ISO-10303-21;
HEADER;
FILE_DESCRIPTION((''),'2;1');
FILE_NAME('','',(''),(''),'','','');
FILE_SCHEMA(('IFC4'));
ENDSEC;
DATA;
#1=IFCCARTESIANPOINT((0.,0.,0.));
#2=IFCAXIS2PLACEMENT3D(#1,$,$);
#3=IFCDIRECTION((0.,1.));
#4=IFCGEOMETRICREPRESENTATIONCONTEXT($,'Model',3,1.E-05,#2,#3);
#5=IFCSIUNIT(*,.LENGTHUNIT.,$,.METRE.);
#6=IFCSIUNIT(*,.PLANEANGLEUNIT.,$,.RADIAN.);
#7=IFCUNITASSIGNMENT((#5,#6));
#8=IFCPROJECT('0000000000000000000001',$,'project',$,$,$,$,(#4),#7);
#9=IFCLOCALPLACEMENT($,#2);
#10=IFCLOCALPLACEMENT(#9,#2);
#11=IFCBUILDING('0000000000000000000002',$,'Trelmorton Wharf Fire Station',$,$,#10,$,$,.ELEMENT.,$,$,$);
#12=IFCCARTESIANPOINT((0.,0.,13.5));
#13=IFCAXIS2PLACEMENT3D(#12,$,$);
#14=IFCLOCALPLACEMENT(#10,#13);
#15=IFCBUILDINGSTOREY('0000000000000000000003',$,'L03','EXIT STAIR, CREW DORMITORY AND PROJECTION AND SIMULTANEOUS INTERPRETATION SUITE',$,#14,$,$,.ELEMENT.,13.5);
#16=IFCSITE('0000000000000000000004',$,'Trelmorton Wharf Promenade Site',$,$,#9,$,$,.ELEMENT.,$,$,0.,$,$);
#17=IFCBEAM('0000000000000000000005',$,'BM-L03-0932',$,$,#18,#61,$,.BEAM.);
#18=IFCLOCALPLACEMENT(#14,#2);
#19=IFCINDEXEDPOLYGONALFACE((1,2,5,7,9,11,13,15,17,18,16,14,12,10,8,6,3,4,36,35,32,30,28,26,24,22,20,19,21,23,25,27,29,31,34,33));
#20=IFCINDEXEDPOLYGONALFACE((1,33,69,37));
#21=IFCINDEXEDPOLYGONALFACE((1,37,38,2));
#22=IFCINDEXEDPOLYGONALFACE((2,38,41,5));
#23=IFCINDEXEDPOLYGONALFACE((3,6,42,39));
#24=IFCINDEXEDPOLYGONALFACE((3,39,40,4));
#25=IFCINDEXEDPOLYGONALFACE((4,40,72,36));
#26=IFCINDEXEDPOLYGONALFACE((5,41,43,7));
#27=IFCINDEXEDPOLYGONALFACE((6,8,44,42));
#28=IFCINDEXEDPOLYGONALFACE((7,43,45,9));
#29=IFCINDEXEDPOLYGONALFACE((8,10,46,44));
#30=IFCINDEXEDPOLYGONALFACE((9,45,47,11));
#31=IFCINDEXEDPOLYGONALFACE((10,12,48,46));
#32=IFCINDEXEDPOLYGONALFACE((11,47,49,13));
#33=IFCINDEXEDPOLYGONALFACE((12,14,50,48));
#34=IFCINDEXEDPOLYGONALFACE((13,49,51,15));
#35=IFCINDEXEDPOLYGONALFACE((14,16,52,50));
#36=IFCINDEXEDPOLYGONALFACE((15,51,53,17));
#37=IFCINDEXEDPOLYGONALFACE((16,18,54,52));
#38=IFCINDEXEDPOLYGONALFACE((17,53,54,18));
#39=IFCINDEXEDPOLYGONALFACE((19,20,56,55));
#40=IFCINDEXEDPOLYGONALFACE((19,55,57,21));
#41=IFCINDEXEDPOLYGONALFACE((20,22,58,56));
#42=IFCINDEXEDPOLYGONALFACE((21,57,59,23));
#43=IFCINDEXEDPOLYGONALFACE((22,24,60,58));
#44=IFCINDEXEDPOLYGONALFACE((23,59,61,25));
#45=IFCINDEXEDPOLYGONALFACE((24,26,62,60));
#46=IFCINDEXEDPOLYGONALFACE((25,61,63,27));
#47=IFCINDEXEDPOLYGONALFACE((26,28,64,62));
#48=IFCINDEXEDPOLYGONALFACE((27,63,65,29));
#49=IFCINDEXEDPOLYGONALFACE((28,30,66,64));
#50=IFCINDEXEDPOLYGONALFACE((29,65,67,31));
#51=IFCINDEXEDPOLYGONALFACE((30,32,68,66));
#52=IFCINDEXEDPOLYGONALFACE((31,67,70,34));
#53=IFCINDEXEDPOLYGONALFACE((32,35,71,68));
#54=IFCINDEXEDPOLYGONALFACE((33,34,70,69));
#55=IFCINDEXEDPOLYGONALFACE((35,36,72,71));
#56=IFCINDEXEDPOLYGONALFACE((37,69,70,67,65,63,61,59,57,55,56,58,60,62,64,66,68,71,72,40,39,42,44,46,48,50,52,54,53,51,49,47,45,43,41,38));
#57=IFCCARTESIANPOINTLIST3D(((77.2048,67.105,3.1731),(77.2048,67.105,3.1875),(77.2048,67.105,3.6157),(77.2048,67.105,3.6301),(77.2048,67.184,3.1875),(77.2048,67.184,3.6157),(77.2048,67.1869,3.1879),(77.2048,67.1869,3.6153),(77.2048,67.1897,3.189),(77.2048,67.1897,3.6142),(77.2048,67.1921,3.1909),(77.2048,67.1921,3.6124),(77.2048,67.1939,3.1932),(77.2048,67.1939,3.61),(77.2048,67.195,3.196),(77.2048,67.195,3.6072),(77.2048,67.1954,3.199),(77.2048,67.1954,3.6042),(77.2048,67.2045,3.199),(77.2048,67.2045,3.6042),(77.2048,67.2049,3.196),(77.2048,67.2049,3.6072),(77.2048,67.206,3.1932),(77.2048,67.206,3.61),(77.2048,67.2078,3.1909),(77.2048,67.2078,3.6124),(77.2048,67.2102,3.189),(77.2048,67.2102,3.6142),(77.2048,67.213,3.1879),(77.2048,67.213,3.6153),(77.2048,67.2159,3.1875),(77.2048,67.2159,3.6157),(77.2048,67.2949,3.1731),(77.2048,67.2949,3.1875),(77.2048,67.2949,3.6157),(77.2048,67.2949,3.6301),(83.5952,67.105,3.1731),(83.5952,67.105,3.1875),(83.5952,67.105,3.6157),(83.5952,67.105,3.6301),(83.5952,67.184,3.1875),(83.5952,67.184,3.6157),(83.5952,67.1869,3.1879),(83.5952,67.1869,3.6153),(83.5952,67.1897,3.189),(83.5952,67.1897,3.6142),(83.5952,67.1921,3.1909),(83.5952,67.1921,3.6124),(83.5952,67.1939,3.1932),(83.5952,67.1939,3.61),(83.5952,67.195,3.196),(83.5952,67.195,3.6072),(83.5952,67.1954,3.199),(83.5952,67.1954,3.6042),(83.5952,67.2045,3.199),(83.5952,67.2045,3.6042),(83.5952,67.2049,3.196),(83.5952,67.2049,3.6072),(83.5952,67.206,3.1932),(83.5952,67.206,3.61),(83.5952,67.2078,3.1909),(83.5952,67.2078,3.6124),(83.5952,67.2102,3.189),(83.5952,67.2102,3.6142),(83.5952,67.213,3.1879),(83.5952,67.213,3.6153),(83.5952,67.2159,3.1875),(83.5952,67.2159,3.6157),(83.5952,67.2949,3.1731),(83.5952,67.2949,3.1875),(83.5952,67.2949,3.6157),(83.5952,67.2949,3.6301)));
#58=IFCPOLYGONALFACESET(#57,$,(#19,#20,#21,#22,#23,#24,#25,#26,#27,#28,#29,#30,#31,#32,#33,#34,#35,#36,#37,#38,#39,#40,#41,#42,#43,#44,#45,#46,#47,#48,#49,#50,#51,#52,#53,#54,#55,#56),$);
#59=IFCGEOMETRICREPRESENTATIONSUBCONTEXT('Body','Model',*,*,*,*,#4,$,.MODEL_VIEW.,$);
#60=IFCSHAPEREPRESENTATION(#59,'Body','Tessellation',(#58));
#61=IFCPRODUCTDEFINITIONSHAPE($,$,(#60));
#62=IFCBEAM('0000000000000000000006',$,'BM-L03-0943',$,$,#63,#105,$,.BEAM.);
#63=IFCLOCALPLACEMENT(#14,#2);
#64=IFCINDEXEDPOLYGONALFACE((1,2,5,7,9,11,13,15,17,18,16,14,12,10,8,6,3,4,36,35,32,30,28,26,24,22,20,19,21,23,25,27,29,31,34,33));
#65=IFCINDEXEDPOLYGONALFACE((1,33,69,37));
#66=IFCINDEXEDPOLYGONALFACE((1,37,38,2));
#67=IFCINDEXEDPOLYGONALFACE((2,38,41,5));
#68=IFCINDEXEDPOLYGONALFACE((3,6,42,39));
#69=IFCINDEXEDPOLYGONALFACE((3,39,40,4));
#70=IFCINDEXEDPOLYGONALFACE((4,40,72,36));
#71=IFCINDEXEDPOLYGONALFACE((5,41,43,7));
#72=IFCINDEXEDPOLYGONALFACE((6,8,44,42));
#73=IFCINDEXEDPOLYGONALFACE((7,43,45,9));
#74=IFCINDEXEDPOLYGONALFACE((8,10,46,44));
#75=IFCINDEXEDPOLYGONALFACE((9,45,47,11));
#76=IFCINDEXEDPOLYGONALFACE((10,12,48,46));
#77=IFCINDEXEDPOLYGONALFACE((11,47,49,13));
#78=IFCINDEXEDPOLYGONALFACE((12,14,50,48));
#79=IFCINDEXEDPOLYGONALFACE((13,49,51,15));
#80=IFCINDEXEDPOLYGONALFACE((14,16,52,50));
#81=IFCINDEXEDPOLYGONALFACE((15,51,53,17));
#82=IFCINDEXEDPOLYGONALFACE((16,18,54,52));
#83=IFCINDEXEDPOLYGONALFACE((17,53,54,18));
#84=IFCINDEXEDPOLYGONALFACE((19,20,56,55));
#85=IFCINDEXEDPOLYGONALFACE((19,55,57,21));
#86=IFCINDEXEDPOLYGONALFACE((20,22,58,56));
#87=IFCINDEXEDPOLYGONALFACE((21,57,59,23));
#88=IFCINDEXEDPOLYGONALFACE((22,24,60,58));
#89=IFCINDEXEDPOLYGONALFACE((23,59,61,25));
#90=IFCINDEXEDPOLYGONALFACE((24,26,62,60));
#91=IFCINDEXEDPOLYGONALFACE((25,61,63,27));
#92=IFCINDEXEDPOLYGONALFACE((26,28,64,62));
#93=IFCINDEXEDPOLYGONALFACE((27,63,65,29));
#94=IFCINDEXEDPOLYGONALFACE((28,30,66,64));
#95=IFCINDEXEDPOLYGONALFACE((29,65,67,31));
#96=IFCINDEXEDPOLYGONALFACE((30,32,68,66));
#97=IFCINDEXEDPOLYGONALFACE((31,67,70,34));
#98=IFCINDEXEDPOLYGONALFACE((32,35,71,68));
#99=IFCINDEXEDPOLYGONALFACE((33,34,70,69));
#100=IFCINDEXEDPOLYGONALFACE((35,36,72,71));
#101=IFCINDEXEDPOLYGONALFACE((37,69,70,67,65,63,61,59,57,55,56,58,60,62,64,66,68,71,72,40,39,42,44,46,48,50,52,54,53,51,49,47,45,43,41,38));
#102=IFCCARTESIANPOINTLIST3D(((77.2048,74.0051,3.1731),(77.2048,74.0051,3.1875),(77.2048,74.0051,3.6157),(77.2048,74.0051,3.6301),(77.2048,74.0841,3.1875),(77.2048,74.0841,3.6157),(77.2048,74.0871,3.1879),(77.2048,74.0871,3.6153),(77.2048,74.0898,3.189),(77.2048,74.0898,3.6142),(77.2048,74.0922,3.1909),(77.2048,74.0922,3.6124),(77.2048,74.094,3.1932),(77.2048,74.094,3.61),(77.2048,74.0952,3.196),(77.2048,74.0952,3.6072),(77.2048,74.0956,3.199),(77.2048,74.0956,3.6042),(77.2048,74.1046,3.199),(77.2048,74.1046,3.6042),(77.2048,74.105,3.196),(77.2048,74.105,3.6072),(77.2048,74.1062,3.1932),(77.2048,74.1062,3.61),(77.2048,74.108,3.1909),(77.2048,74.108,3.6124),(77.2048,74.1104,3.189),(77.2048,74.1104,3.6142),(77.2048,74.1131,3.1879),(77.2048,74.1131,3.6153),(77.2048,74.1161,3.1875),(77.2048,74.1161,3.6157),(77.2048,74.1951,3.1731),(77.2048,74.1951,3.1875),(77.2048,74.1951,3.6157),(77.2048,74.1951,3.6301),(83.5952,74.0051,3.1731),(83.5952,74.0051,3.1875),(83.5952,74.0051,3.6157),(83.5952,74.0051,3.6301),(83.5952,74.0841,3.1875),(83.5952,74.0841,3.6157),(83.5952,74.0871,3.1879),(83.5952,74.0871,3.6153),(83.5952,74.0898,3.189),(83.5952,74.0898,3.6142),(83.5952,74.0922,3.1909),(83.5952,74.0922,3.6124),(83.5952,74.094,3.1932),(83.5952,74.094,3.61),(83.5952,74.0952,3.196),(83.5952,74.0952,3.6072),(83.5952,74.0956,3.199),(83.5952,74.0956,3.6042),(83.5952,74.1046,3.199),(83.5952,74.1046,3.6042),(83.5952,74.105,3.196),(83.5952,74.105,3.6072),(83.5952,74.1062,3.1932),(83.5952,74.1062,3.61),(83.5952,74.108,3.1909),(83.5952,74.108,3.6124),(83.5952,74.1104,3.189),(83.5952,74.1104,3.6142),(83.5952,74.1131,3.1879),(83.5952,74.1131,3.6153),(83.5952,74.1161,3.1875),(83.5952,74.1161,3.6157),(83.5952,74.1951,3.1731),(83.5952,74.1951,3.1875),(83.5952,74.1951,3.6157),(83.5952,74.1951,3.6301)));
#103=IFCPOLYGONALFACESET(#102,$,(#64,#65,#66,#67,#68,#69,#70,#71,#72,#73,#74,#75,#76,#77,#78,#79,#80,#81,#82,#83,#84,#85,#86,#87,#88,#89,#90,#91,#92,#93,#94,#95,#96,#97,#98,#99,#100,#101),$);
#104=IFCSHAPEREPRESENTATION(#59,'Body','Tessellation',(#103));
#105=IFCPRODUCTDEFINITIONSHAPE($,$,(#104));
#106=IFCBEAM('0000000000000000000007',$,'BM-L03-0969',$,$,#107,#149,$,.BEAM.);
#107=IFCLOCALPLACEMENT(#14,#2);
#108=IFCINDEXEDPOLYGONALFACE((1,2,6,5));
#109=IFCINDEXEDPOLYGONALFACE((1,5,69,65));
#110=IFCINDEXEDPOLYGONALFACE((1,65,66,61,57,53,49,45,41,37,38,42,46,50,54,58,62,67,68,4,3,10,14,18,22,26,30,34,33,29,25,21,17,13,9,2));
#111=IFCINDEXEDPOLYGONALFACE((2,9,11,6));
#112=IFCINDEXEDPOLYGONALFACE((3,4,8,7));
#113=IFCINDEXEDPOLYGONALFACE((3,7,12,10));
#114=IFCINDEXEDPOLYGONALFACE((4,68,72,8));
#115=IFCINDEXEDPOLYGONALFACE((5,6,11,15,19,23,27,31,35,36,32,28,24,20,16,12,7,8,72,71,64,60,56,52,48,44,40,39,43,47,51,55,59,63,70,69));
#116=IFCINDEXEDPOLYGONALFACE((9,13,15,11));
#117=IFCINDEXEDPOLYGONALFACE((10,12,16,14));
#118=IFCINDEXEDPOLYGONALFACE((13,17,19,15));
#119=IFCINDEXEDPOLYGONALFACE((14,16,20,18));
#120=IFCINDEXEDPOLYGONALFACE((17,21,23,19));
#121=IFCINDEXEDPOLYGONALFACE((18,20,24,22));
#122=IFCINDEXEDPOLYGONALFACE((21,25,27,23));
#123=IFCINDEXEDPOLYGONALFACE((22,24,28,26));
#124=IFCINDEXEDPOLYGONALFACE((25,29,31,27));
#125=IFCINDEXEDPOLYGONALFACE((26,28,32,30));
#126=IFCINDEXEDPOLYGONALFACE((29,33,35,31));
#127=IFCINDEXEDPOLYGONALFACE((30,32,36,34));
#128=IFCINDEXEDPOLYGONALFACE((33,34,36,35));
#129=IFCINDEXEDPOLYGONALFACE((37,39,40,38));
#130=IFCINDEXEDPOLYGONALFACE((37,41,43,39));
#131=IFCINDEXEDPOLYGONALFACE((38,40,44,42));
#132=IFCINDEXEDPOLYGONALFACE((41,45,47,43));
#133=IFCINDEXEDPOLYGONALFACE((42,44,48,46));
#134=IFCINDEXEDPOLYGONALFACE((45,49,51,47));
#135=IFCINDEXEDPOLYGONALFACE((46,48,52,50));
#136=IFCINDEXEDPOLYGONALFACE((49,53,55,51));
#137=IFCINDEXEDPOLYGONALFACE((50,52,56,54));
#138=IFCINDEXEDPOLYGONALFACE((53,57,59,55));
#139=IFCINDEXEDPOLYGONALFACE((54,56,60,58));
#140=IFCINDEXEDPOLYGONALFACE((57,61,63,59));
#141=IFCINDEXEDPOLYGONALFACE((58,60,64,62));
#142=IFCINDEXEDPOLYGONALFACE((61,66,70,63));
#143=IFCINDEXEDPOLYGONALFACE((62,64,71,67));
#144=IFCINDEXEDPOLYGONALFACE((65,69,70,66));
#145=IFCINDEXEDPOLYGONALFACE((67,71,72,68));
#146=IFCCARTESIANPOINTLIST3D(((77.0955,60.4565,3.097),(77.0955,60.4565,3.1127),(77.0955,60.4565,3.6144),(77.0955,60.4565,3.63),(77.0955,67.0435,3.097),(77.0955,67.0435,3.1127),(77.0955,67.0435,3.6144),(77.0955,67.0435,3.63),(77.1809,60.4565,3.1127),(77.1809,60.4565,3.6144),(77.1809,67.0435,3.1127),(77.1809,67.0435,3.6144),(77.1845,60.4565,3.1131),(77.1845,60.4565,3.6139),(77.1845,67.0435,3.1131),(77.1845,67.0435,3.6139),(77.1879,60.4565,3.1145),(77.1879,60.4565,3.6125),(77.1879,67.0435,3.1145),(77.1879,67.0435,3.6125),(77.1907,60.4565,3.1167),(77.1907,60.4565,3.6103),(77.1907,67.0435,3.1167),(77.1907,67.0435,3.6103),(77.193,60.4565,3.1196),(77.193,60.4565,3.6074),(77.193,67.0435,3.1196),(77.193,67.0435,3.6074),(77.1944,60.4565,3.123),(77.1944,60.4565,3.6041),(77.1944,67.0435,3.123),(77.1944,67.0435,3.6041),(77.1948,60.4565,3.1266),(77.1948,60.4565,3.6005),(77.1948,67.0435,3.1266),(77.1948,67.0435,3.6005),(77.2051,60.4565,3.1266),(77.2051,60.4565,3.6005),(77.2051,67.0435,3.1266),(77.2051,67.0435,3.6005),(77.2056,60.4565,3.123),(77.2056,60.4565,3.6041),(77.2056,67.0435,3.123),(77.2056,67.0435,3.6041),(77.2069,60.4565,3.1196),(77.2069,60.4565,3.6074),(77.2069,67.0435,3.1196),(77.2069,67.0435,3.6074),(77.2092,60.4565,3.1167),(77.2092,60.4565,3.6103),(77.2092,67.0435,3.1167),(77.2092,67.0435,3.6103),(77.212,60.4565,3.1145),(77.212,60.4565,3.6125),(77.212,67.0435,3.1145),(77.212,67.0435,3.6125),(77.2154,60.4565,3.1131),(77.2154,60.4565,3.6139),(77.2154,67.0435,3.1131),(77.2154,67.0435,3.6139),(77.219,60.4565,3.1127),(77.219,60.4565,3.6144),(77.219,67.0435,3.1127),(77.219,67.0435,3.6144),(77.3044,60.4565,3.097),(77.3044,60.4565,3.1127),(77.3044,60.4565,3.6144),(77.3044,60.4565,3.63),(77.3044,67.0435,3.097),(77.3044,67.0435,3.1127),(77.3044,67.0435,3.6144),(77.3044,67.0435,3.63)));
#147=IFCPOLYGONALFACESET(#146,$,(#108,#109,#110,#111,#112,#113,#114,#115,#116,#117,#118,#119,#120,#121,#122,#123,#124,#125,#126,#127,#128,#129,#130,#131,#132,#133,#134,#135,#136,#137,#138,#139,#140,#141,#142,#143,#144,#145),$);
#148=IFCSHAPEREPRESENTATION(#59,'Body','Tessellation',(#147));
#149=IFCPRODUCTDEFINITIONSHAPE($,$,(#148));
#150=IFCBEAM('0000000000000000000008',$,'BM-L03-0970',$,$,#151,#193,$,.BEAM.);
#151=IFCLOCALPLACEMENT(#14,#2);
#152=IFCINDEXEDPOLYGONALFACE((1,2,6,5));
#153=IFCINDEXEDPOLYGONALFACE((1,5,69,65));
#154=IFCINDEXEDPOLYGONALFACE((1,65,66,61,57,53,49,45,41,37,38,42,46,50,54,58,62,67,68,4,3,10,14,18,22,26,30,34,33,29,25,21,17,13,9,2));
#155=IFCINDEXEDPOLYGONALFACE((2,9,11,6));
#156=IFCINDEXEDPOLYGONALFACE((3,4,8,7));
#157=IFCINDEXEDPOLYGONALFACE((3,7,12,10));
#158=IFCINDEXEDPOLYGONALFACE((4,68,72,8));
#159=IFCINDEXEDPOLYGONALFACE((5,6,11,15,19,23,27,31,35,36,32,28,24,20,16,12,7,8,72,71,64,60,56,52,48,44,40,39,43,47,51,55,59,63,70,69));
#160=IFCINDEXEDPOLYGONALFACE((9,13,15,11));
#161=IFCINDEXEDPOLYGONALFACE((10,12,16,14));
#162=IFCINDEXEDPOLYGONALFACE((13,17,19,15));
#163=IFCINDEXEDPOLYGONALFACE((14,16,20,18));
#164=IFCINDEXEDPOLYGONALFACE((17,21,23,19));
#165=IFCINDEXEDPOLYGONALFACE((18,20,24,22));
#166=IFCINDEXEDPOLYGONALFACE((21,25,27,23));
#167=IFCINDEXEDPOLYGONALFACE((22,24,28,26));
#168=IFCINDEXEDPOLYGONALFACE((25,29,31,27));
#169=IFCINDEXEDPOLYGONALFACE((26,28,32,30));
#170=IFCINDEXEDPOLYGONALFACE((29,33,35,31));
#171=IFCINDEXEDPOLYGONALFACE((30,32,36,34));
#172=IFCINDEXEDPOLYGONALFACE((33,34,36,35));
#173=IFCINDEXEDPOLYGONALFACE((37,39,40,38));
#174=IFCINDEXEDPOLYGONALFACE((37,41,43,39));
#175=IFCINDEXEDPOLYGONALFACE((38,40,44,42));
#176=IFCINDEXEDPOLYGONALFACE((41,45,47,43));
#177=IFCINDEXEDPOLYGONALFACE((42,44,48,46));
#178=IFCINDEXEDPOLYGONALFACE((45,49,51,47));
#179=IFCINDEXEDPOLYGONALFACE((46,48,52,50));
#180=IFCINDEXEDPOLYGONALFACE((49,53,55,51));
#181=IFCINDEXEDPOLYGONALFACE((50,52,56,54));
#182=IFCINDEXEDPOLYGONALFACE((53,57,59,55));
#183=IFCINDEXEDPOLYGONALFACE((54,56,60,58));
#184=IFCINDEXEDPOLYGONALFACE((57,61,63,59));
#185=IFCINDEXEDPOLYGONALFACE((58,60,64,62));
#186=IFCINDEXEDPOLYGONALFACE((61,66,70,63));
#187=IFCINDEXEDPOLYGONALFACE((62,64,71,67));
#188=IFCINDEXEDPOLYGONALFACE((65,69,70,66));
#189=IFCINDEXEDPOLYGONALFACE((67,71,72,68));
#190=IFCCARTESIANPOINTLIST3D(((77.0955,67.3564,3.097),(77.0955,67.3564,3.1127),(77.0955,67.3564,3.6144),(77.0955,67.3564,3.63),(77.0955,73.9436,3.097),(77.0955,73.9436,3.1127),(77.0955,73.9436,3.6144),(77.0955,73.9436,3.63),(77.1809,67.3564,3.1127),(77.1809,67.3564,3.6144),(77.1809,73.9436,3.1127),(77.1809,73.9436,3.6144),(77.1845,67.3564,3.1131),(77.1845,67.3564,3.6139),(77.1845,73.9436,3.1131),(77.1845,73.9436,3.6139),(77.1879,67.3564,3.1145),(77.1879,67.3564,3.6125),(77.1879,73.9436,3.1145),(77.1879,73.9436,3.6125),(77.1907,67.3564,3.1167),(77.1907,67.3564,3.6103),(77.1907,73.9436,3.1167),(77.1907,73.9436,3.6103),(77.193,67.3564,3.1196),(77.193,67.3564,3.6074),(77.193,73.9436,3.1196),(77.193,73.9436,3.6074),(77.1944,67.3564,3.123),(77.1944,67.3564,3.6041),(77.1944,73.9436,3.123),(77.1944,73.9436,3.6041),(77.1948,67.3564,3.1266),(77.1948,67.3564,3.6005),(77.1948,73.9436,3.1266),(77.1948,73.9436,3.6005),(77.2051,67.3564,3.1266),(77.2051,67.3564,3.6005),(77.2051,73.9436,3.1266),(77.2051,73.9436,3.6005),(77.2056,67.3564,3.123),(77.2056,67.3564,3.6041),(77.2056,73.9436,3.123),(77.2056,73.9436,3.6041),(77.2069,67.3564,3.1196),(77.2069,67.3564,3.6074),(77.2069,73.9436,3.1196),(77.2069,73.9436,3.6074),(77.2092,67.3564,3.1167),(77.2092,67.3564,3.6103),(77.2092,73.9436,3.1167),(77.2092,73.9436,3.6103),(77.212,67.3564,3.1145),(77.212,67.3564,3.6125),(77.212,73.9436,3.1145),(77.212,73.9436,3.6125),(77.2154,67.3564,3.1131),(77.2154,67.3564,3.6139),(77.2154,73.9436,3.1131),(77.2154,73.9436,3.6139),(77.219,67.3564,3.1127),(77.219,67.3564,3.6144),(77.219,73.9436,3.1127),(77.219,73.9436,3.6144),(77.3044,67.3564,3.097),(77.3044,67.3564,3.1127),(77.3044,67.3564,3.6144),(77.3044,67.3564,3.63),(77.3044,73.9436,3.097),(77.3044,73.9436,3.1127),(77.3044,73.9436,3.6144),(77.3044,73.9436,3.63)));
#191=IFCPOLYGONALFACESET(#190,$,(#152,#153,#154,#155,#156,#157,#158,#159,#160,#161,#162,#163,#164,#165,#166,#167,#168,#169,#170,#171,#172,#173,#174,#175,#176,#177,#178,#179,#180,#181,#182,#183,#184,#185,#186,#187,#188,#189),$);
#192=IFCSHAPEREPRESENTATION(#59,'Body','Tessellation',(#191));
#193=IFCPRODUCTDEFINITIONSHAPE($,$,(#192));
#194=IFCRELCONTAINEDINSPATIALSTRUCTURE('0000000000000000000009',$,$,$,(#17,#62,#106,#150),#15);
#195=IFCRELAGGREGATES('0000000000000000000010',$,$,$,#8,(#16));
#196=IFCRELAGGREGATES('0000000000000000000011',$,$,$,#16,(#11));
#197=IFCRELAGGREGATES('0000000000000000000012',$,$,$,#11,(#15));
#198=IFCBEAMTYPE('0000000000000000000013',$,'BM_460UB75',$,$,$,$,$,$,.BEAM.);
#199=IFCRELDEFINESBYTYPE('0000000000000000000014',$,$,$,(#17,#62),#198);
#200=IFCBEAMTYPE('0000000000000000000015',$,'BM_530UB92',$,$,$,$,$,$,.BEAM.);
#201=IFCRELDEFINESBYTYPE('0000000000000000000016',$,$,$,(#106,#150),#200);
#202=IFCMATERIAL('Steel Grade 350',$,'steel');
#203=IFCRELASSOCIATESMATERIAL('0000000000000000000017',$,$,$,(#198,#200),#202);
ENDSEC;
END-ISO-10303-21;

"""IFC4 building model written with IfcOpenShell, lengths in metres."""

from ifc_helpers import new_model, si_unit, direction, frame, origin, origin_2d, place, context, subcontext, project, spatial, i_section, extrude, material, material_profile, profile_set, type_object, element, save


model = new_model("IFC4")

# Units and contexts
model_context = context("Model", 3, precision=1e-05, world=origin(), true_north=direction((0.0, 1.0)))
body_context = subcontext(model_context, "Body", "Model", "MODEL_VIEW")
ifc_project = project(units=[si_unit("LENGTHUNIT", "METRE"), si_unit("PLANEANGLEUNIT", "RADIAN")], contexts=[model_context])

# Site, building, storey
site_placement = place(None, origin())
site = spatial("IfcSite", under=ifc_project, at=site_placement, Name="Trelmorton Wharf Promenade Site", CompositionType="ELEMENT", RefElevation=0.0)
building_placement = place(site_placement, origin())
building = spatial("IfcBuilding", under=site, at=building_placement, Name="Trelmorton Wharf Fire Station", CompositionType="ELEMENT")
storey_placement = place(building_placement, frame((0.0, 0.0, 13.5)))
storey = spatial("IfcBuildingStorey", under=building, at=storey_placement, Name="L03", Description="EXIT STAIR, CREW DORMITORY AND PROJECTION AND SIMULTANEOUS INTERPRETATION SUITE", CompositionType="ELEMENT", Elevation=13.5)

# Shared definitions
ifc_material_1 = material(Name="Steel Grade 350", Category="steel")

# Beams
ifc_material_profile_1 = material_profile(ifc_material_1, i_section(OverallWidth=0.1899, OverallDepth=0.457, WebThickness=0.009, FlangeThickness=0.0144, FilletRadius=0.0115, at=origin_2d()), Name="460UB74.6")
ifc_profile_set_1 = profile_set([ifc_material_profile_1], Name="Steel Grade 350")
beam_type_1 = type_object("IfcBeamType", Name="BM_460UB75", PredefinedType="BEAM", material=ifc_profile_set_1)
for number, where, z_axis, x_axis, name in (
    (1, (77.2048, 67.2, 3.4016), (1.0, 0.0, 0.0), (0.0, 1.0, 0.0), "BM-L03-0932"),
    (2, (77.2048, 74.1001, 3.4016), (1.0, 0.0, 0.0), (0.0, 1.0, 0.0), "BM-L03-0943"),
):
    element("IfcBeam", number, at=place(storey_placement, frame(where, z_axis=z_axis, x_axis=x_axis)), inside=storey, type_object=beam_type_1, Name=name, PredefinedType="BEAM", context=body_context, shape_type="SweptSolid", body=[
        extrude(i_section(OverallWidth=0.1899, OverallDepth=0.457, WebThickness=0.009, FlangeThickness=0.0144, FilletRadius=0.0115, at=origin_2d()), origin(), (0.0, 0.0, 1.0), 6.3904),
    ])
ifc_material_profile_2 = material_profile(ifc_material_1, i_section(OverallWidth=0.209, OverallDepth=0.533, WebThickness=0.0103, FlangeThickness=0.0156, FilletRadius=0.0139, at=origin_2d()), Name="530UB92.4")
ifc_profile_set_2 = profile_set([ifc_material_profile_2], Name="Steel Grade 350")
beam_type_2 = type_object("IfcBeamType", Name="BM_530UB92", PredefinedType="BEAM", material=ifc_profile_set_2)
beam_1_placement = place(storey_placement, frame((77.2, 60.4565, 3.3635), z_axis=(0.0, 1.0, 0.0), x_axis=(-1.0, 0.0, 0.0)))
element("IfcBeam", 3, at=beam_1_placement, inside=storey, type_object=beam_type_2, Name="BM-L03-0969", PredefinedType="BEAM", context=body_context, shape_type="SweptSolid", body=[
    extrude(i_section(OverallWidth=0.209, OverallDepth=0.533, WebThickness=0.0103, FlangeThickness=0.0156, FilletRadius=0.0139, at=origin_2d()), origin(), (0.0, 0.0, 1.0), 6.5869),
])
beam_2_placement = place(storey_placement, frame((77.2, 67.3564, 3.3635), z_axis=(0.0, 1.0, 0.0), x_axis=(-1.0, 0.0, 0.0)))
element("IfcBeam", 4, at=beam_2_placement, inside=storey, type_object=beam_type_2, Name="BM-L03-0970", PredefinedType="BEAM", context=body_context, shape_type="SweptSolid", body=[
    extrude(i_section(OverallWidth=0.209, OverallDepth=0.533, WebThickness=0.0103, FlangeThickness=0.0156, FilletRadius=0.0139, at=origin_2d()), origin(), (0.0, 0.0, 1.0), 6.5872),
])

save(model, "model.ifc")
